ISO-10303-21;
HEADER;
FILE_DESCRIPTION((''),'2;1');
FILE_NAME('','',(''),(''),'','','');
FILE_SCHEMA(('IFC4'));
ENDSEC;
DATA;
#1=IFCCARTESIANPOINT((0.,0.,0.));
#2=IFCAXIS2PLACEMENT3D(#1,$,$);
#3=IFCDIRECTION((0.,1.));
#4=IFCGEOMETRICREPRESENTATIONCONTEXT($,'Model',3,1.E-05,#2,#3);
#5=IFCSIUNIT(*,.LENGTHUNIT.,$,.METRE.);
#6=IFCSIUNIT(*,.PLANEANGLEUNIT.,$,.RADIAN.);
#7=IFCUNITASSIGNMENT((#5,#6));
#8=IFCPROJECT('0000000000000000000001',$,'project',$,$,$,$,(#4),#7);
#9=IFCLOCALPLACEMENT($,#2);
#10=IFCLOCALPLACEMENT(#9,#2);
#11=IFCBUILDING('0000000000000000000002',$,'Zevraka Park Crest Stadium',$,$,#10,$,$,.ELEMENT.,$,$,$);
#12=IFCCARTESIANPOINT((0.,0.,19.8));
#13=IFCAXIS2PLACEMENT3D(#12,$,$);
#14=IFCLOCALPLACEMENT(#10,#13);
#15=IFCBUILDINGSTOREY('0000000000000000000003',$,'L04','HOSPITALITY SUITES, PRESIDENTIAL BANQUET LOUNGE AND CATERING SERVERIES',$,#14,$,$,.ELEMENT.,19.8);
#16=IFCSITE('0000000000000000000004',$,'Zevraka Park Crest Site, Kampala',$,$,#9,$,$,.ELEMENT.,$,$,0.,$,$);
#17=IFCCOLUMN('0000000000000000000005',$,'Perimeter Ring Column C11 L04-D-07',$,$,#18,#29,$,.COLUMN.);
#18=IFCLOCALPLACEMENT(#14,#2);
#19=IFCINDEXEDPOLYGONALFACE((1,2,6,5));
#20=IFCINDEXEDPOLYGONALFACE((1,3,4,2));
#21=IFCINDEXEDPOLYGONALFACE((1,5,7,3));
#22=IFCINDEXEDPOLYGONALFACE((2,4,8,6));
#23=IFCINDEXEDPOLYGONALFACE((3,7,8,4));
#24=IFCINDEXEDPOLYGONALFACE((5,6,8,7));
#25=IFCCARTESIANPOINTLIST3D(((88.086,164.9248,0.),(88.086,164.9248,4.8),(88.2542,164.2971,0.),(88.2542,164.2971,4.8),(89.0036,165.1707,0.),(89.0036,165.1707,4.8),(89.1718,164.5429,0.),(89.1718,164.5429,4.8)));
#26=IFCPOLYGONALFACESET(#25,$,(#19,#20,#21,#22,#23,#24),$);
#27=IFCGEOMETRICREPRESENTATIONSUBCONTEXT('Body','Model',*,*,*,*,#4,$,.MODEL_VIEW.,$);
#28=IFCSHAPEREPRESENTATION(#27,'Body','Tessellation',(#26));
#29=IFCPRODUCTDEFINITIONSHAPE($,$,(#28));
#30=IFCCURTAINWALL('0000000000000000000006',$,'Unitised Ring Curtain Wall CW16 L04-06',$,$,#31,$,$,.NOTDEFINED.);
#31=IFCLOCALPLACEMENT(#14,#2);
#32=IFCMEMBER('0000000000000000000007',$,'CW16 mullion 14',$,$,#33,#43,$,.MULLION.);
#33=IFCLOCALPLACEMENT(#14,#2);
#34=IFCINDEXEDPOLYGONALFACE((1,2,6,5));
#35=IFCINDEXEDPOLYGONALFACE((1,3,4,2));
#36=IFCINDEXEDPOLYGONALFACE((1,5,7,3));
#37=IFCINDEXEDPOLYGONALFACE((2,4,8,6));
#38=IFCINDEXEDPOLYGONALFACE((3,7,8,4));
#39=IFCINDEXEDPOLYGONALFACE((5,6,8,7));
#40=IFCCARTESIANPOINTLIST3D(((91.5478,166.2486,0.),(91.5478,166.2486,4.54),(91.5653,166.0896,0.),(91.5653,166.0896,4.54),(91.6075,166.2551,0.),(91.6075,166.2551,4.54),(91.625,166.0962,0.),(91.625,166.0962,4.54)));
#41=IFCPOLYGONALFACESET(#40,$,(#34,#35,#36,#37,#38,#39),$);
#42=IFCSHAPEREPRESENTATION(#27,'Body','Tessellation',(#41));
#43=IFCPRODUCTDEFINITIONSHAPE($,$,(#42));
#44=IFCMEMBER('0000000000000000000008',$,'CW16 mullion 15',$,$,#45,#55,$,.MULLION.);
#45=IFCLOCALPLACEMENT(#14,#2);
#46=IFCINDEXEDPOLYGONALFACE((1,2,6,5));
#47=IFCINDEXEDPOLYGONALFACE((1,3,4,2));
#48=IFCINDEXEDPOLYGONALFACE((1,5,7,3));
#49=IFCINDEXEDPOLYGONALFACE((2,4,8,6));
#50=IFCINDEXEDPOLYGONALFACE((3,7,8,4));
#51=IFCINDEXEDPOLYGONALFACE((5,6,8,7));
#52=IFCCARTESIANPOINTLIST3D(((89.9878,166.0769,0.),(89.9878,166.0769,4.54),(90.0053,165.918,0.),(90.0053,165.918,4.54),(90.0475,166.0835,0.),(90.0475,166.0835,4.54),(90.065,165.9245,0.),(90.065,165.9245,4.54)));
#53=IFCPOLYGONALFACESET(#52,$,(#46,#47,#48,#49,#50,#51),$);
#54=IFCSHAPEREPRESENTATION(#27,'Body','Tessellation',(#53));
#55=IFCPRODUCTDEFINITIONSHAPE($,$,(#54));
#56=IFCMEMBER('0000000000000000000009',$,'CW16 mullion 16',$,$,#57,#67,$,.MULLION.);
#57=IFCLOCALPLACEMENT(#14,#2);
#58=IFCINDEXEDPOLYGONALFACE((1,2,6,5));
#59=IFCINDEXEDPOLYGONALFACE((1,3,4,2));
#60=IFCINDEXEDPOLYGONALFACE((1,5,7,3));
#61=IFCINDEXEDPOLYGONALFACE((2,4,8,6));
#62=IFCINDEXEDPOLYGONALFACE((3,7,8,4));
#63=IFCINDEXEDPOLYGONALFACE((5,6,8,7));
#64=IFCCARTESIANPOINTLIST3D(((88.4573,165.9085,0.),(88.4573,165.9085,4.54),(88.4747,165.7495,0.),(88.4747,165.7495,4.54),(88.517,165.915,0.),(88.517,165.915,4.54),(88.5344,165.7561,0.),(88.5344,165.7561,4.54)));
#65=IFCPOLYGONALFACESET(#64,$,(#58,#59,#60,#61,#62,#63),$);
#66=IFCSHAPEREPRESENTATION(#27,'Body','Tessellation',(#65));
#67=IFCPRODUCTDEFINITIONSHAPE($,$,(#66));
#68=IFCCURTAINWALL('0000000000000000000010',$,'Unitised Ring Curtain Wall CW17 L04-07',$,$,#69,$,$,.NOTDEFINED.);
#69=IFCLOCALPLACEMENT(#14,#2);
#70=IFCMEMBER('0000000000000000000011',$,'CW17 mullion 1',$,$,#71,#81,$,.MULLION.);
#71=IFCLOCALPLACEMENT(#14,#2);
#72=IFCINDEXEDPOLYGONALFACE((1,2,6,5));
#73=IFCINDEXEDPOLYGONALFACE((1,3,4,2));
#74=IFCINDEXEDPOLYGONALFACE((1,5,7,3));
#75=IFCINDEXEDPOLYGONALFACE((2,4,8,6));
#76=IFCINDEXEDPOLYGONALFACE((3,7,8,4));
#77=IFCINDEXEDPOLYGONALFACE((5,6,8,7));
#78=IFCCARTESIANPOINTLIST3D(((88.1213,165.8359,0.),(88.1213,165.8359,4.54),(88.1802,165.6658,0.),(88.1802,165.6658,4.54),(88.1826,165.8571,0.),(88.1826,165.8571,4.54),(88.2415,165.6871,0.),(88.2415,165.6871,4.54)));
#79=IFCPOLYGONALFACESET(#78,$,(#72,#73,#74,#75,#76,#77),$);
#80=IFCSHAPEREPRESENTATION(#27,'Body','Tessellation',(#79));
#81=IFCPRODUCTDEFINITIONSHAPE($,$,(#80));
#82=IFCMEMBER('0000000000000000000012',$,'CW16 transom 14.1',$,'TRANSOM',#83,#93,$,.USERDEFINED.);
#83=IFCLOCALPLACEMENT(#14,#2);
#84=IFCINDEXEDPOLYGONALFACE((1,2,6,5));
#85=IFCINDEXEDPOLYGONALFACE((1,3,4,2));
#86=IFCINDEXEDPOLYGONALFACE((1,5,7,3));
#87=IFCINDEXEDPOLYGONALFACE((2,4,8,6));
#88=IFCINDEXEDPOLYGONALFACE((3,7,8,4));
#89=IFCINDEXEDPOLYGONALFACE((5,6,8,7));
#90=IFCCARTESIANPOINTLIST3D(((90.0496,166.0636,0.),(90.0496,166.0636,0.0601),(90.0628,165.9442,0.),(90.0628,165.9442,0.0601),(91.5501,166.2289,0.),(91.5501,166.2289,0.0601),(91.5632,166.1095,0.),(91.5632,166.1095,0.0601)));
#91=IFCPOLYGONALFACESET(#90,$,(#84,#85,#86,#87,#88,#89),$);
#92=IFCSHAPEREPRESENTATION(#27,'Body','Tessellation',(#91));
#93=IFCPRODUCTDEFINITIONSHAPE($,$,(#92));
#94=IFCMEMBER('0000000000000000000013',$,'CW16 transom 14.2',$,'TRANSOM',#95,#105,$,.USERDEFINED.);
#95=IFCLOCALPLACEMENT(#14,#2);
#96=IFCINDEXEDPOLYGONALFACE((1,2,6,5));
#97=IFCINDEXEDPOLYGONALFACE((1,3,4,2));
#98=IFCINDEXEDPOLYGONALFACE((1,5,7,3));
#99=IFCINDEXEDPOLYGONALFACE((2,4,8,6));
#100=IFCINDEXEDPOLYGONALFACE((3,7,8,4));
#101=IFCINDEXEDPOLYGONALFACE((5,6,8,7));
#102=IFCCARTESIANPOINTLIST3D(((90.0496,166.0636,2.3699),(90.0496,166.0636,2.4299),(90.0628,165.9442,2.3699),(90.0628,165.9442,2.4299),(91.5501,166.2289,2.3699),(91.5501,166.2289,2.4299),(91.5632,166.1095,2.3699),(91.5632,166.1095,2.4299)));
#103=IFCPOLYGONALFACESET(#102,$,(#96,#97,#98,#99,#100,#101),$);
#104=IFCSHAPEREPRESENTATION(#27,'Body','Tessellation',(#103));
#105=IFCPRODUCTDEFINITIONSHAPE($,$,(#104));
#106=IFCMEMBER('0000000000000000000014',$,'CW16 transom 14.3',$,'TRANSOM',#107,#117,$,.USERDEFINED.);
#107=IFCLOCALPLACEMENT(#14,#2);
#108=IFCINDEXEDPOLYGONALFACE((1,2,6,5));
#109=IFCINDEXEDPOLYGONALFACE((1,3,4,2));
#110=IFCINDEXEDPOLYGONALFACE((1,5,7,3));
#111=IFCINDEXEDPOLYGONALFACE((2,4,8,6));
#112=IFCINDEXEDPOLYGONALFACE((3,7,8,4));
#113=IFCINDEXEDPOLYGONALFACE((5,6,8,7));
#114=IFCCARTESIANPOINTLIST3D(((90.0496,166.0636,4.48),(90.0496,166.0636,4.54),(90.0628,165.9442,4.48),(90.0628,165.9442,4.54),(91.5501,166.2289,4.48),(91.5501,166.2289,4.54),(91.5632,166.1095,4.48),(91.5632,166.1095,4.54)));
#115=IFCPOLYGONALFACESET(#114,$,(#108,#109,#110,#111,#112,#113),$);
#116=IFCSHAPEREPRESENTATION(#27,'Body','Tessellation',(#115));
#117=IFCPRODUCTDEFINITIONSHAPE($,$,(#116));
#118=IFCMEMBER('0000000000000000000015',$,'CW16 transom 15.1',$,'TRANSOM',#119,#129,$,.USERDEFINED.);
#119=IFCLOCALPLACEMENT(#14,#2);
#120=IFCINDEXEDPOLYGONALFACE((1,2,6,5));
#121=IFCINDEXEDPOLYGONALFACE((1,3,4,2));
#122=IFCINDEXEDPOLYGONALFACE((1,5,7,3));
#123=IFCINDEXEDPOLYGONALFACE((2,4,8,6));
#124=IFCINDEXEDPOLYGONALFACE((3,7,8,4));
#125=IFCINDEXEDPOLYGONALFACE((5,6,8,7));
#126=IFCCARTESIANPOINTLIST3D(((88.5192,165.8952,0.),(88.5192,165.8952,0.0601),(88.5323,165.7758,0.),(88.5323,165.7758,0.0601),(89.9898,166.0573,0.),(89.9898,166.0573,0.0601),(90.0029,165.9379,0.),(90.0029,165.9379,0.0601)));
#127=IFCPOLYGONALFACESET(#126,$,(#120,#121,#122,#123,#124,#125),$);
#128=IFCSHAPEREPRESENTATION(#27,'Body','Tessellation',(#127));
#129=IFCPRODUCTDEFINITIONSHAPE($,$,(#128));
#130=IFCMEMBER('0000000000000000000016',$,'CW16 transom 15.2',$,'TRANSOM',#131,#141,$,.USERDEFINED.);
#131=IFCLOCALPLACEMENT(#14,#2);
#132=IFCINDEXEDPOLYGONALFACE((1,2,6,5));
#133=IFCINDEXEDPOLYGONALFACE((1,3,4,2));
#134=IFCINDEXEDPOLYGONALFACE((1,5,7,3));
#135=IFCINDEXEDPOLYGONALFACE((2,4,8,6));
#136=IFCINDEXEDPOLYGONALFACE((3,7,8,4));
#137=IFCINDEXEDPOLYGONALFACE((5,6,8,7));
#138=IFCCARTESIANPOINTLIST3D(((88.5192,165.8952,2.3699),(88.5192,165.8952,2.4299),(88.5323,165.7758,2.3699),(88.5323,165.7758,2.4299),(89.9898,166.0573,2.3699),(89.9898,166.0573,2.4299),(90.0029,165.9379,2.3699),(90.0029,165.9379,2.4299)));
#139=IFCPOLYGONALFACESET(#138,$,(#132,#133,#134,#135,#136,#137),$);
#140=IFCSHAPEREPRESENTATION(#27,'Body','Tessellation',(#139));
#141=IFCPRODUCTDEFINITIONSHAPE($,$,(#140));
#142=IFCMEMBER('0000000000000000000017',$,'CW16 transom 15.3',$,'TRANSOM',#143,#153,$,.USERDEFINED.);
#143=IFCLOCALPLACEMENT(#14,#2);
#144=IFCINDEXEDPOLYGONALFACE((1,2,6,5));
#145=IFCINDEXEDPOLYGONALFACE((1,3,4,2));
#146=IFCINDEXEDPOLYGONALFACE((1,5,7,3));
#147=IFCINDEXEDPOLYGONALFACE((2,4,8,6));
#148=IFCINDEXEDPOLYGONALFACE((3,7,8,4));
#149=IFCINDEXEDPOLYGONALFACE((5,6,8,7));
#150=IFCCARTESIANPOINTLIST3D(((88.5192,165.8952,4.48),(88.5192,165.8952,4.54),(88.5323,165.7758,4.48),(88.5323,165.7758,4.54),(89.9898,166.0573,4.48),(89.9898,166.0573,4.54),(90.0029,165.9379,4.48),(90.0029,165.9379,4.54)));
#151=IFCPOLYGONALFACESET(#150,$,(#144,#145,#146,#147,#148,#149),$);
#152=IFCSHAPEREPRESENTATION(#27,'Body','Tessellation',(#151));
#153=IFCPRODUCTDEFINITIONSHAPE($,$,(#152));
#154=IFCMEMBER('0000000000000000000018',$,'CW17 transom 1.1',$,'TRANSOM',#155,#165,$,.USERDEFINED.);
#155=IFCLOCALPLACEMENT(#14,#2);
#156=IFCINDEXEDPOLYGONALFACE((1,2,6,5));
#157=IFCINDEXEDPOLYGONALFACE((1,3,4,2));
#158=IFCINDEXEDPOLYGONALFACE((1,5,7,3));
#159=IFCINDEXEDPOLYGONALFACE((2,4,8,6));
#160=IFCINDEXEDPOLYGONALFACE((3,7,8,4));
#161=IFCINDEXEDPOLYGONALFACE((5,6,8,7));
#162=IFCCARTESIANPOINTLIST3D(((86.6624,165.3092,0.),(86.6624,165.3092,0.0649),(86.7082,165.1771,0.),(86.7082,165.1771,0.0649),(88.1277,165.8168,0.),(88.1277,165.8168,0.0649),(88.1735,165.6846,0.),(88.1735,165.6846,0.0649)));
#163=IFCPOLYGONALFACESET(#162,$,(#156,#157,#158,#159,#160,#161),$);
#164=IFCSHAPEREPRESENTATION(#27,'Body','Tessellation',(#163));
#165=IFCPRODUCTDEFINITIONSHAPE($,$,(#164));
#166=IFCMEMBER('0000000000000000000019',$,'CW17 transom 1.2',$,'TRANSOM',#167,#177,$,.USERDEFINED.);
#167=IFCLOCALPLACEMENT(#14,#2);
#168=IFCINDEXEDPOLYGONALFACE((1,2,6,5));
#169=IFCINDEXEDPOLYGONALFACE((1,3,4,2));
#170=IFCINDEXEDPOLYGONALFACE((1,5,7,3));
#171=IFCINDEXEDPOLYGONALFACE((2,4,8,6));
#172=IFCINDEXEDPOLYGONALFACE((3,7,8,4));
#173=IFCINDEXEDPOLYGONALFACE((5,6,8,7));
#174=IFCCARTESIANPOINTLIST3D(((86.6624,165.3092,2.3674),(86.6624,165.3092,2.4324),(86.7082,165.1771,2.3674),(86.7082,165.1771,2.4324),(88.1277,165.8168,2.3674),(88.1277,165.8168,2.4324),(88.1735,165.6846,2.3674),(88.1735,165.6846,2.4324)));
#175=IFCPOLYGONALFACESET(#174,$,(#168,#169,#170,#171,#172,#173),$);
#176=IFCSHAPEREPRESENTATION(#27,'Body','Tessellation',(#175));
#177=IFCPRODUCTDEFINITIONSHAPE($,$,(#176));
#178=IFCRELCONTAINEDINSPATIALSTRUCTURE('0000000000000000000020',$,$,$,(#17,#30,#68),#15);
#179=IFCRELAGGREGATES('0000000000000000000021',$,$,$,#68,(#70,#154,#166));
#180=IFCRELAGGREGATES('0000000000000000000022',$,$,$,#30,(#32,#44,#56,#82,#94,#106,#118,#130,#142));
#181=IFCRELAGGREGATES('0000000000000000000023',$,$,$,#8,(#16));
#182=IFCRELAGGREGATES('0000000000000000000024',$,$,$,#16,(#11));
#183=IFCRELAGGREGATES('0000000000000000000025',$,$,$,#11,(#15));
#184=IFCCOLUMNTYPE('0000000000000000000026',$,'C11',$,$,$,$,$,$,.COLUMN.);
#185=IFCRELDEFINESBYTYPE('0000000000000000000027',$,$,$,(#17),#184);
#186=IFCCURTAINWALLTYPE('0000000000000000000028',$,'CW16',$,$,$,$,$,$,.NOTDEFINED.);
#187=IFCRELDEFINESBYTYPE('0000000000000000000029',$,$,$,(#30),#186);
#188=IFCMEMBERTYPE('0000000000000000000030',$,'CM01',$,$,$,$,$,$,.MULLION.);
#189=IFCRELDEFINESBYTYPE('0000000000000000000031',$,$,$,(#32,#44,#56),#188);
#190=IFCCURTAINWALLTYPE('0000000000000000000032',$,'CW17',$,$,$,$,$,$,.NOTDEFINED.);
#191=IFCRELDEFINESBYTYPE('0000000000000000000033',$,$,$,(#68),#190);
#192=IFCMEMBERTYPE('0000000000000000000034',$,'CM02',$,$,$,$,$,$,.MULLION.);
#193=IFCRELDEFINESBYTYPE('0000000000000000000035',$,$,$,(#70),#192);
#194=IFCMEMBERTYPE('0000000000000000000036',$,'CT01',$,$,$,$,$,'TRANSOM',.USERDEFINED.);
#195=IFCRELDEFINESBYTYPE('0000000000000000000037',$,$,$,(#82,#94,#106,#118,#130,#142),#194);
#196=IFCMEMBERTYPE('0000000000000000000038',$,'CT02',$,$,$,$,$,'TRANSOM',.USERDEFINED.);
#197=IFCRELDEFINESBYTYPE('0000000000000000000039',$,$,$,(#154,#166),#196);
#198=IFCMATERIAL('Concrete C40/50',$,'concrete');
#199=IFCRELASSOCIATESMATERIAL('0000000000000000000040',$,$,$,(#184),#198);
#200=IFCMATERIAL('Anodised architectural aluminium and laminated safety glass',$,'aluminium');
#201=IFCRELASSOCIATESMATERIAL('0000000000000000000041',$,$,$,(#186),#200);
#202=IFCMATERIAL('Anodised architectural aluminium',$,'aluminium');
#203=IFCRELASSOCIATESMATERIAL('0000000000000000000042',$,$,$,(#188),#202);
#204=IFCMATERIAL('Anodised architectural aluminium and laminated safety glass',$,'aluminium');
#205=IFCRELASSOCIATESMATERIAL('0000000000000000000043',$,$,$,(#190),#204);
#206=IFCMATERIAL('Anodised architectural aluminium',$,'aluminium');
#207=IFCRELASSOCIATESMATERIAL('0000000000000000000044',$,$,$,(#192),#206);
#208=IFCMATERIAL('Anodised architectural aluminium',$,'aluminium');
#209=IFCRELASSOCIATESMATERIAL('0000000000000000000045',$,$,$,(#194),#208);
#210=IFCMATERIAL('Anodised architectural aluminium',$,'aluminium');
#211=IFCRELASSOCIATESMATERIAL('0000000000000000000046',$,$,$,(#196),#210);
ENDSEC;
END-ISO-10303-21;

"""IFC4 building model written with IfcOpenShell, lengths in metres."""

from ifc_helpers import new_model, si_unit, direction, frame, origin, origin_2d, place, context, subcontext, project, spatial, rectangle, extrude, material, material_profile, profile_set, type_object, element, aggregate, save


model = new_model("IFC4")

# Units and contexts
model_context = context("Model", 3, precision=1e-05, world=origin(), true_north=direction((0.0, 1.0)))
body_context = subcontext(model_context, "Body", "Model", "MODEL_VIEW")
ifc_project = project(units=[si_unit("LENGTHUNIT", "METRE"), si_unit("PLANEANGLEUNIT", "RADIAN")], contexts=[model_context])

# Site, building, storey
site_placement = place(None, origin())
site = spatial("IfcSite", under=ifc_project, at=site_placement, Name="Zevraka Park Crest Site, Kampala", CompositionType="ELEMENT", RefElevation=0.0)
building_placement = place(site_placement, origin())
building = spatial("IfcBuilding", under=site, at=building_placement, Name="Zevraka Park Crest Stadium", CompositionType="ELEMENT")
storey_placement = place(building_placement, frame((0.0, 0.0, 19.8)))
storey = spatial("IfcBuildingStorey", under=building, at=storey_placement, Name="L04", Description="HOSPITALITY SUITES, PRESIDENTIAL BANQUET LOUNGE AND CATERING SERVERIES", CompositionType="ELEMENT", Elevation=19.8)

# Column
ifc_material_1 = material(Name="Concrete C40/50", Category="concrete")
ifc_material_profile_1 = material_profile(ifc_material_1, rectangle(XDim=0.6499, YDim=0.95, at=origin_2d()), Name="RC 950x650")
ifc_profile_set_1 = profile_set([ifc_material_profile_1], Name="Concrete C40/50")
column_type = type_object("IfcColumnType", Name="C11", PredefinedType="COLUMN", material=ifc_profile_set_1)
column_placement = place(storey_placement, frame((88.6289, 164.7339, 0.0), z_axis=(0.0, 0.0, 1.0), x_axis=(-0.258819, 0.965926, 0.0)))
element("IfcColumn", 1, at=column_placement, inside=storey, type_object=column_type, Name="Perimeter Ring Column C11 L04-D-07", PredefinedType="COLUMN", context=body_context, shape_type="SweptSolid", body=[
    extrude(rectangle(XDim=0.6499, YDim=0.95, at=origin_2d()), origin(), (0.0, 0.0, 1.0), 4.8),
])

# Curtain wall, members
ifc_material_2 = material(Name="Anodised architectural aluminium and laminated safety glass", Category="aluminium")
curtain_wall_type_1 = type_object("IfcCurtainWallType", Name="CW16", PredefinedType="NOTDEFINED", material=ifc_material_2)
curtain_wall_1_placement = place(storey_placement, origin())
curtain_wall_1 = element("IfcCurtainWall", 2, at=curtain_wall_1_placement, inside=storey, type_object=curtain_wall_type_1, Name="Unitised Ring Curtain Wall CW16 L04-06", PredefinedType="NOTDEFINED")
ifc_material_3 = material(Name="Anodised architectural aluminium", Category="aluminium")
ifc_material_profile_2 = material_profile(ifc_material_3, rectangle(XDim=0.1599, YDim=0.0601, at=origin_2d()), Name="ALU MULLION 160x60")
ifc_profile_set_2 = profile_set([ifc_material_profile_2], Name="Anodised architectural aluminium")
member_type_1 = type_object("IfcMemberType", Name="CM01", PredefinedType="MULLION", material=ifc_profile_set_2)
member_1_placement = place(storey_placement, frame((91.5864, 166.1724, 0.0), z_axis=(0.0, 0.0, 1.0), x_axis=(0.109406, -0.993997, 0.0)))
member_1 = element("IfcMember", 3, at=member_1_placement, type_object=member_type_1, Name="CW16 mullion 14", PredefinedType="MULLION", context=body_context, shape_type="SweptSolid", body=[
    extrude(rectangle(XDim=0.1599, YDim=0.0601, at=origin_2d()), origin(), (0.0, 0.0, 1.0), 4.54),
])
member_2_placement = place(storey_placement, frame((90.0264, 166.0007, 0.0), z_axis=(0.0, 0.0, 1.0), x_axis=(0.109406, -0.993997, 0.0)))
member_2 = element("IfcMember", 4, at=member_2_placement, type_object=member_type_1, Name="CW16 mullion 15", PredefinedType="MULLION", context=body_context, shape_type="SweptSolid", body=[
    extrude(rectangle(XDim=0.1599, YDim=0.0601, at=origin_2d()), origin(), (0.0, 0.0, 1.0), 4.54),
])
member_3_placement = place(storey_placement, frame((88.4958, 165.8323, 0.0), z_axis=(0.0, 0.0, 1.0), x_axis=(0.109406, -0.993997, 0.0)))
member_3 = element("IfcMember", 5, at=member_3_placement, type_object=member_type_1, Name="CW16 mullion 16", PredefinedType="MULLION", context=body_context, shape_type="SweptSolid", body=[
    extrude(rectangle(XDim=0.1599, YDim=0.0601, at=origin_2d()), origin(), (0.0, 0.0, 1.0), 4.54),
])

# Curtain wall, member
ifc_material_4 = material(Name="Anodised architectural aluminium and laminated safety glass", Category="aluminium")
curtain_wall_type_2 = type_object("IfcCurtainWallType", Name="CW17", PredefinedType="NOTDEFINED", material=ifc_material_4)
curtain_wall_2_placement = place(storey_placement, origin())
curtain_wall_2 = element("IfcCurtainWall", 6, at=curtain_wall_2_placement, inside=storey, type_object=curtain_wall_type_2, Name="Unitised Ring Curtain Wall CW17 L04-07", PredefinedType="NOTDEFINED")
ifc_material_5 = material(Name="Anodised architectural aluminium", Category="aluminium")
ifc_material_profile_3 = material_profile(ifc_material_5, rectangle(XDim=0.1799, YDim=0.0649, at=origin_2d()), Name="ALU MULLION 180x65")
ifc_profile_set_3 = profile_set([ifc_material_profile_3], Name="Anodised architectural aluminium")
member_type_2 = type_object("IfcMemberType", Name="CM02", PredefinedType="MULLION", material=ifc_profile_set_3)
member_4_placement = place(storey_placement, frame((88.1814, 165.7615, 0.0), z_axis=(0.0, 0.0, 1.0), x_axis=(0.327245, -0.94494, 0.0)))
member_4 = element("IfcMember", 7, at=member_4_placement, type_object=member_type_2, Name="CW17 mullion 1", PredefinedType="MULLION", context=body_context, shape_type="SweptSolid", body=[
    extrude(rectangle(XDim=0.1799, YDim=0.0649, at=origin_2d()), origin(), (0.0, 0.0, 1.0), 4.54),
])

# Members
ifc_material_6 = material(Name="Anodised architectural aluminium", Category="aluminium")
ifc_material_profile_4 = material_profile(ifc_material_6, rectangle(XDim=0.1201, YDim=0.0601, at=origin_2d()), Name="ALU TRANSOM 120x60")
ifc_profile_set_4 = profile_set([ifc_material_profile_4], Name="Anodised architectural aluminium")
member_type_3 = type_object("IfcMemberType", Name="CT01", ElementType="TRANSOM", PredefinedType="USERDEFINED", material=ifc_profile_set_4)
member_5_placement = place(storey_placement, frame((91.5566, 166.1692, 0.03), z_axis=(-0.993988, -0.109491, 0.0), x_axis=(0.109491, -0.993988, 0.0)))
member_5 = element("IfcMember", 8, at=member_5_placement, type_object=member_type_3, Name="CW16 transom 14.1", ObjectType="TRANSOM", PredefinedType="USERDEFINED", context=body_context, shape_type="SweptSolid", body=[
    extrude(rectangle(XDim=0.1201, YDim=0.0601, at=origin_2d()), origin(), (0.0, 0.0, 1.0), 1.5095),
])
member_6_placement = place(storey_placement, frame((91.5566, 166.1692, 2.3999), z_axis=(-0.993988, -0.109491, 0.0), x_axis=(0.109491, -0.993988, 0.0)))
member_6 = element("IfcMember", 9, at=member_6_placement, type_object=member_type_3, Name="CW16 transom 14.2", ObjectType="TRANSOM", PredefinedType="USERDEFINED", context=body_context, shape_type="SweptSolid", body=[
    extrude(rectangle(XDim=0.1201, YDim=0.0601, at=origin_2d()), origin(), (0.0, 0.0, 1.0), 1.5095),
])
member_7_placement = place(storey_placement, frame((91.5566, 166.1692, 4.51), z_axis=(-0.993988, -0.109491, 0.0), x_axis=(0.109491, -0.993988, 0.0)))
member_7 = element("IfcMember", 10, at=member_7_placement, type_object=member_type_3, Name="CW16 transom 14.3", ObjectType="TRANSOM", PredefinedType="USERDEFINED", context=body_context, shape_type="SweptSolid", body=[
    extrude(rectangle(XDim=0.1201, YDim=0.0601, at=origin_2d()), origin(), (0.0, 0.0, 1.0), 1.5095),
])
member_8_placement = place(storey_placement, frame((89.9963, 165.9976, 0.03), z_axis=(-0.99398, -0.109562, 0.0), x_axis=(0.109562, -0.99398, 0.0)))
member_8 = element("IfcMember", 11, at=member_8_placement, type_object=member_type_3, Name="CW16 transom 15.1", ObjectType="TRANSOM", PredefinedType="USERDEFINED", context=body_context, shape_type="SweptSolid", body=[
    extrude(rectangle(XDim=0.1201, YDim=0.0601, at=origin_2d()), origin(), (0.0, 0.0, 1.0), 1.4795),
])
member_9_placement = place(storey_placement, frame((89.9963, 165.9976, 2.3999), z_axis=(-0.99398, -0.109562, 0.0), x_axis=(0.109562, -0.99398, 0.0)))
member_9 = element("IfcMember", 12, at=member_9_placement, type_object=member_type_3, Name="CW16 transom 15.2", ObjectType="TRANSOM", PredefinedType="USERDEFINED", context=body_context, shape_type="SweptSolid", body=[
    extrude(rectangle(XDim=0.1201, YDim=0.0601, at=origin_2d()), origin(), (0.0, 0.0, 1.0), 1.4795),
])
member_10_placement = place(storey_placement, frame((89.9963, 165.9976, 4.51), z_axis=(-0.99398, -0.109562, 0.0), x_axis=(0.109562, -0.99398, 0.0)))
member_10 = element("IfcMember", 13, at=member_10_placement, type_object=member_type_3, Name="CW16 transom 15.3", ObjectType="TRANSOM", PredefinedType="USERDEFINED", context=body_context, shape_type="SweptSolid", body=[
    extrude(rectangle(XDim=0.1201, YDim=0.0601, at=origin_2d()), origin(), (0.0, 0.0, 1.0), 1.4795),
])
ifc_material_7 = material(Name="Anodised architectural aluminium", Category="aluminium")
ifc_material_profile_5 = material_profile(ifc_material_7, rectangle(XDim=0.1399, YDim=0.0649, at=origin_2d()), Name="ALU TRANSOM 140x65")
ifc_profile_set_5 = profile_set([ifc_material_profile_5], Name="Anodised architectural aluminium")
member_type_4 = type_object("IfcMemberType", Name="CT02", ElementType="TRANSOM", PredefinedType="USERDEFINED", material=ifc_profile_set_5)
member_11_placement = place(storey_placement, frame((88.1506, 165.7507, 0.0325), z_axis=(-0.944919, -0.327305, 0.0), x_axis=(0.327305, -0.944919, 0.0)))
member_11 = element("IfcMember", 14, at=member_11_placement, type_object=member_type_4, Name="CW17 transom 1.1", ObjectType="TRANSOM", PredefinedType="USERDEFINED", context=body_context, shape_type="SweptSolid", body=[
    extrude(rectangle(XDim=0.1399, YDim=0.0649, at=origin_2d()), origin(), (0.0, 0.0, 1.0), 1.5508),
])
member_12_placement = place(storey_placement, frame((88.1506, 165.7507, 2.3999), z_axis=(-0.944919, -0.327305, 0.0), x_axis=(0.327305, -0.944919, 0.0)))
member_12 = element("IfcMember", 15, at=member_12_placement, type_object=member_type_4, Name="CW17 transom 1.2", ObjectType="TRANSOM", PredefinedType="USERDEFINED", context=body_context, shape_type="SweptSolid", body=[
    extrude(rectangle(XDim=0.1399, YDim=0.0649, at=origin_2d()), origin(), (0.0, 0.0, 1.0), 1.5508),
])
aggregate(curtain_wall_2, [member_4, member_11, member_12])

aggregate(curtain_wall_1, [member_1, member_2, member_3, member_5, member_6, member_7, member_8, member_9, member_10])

save(model, "model.ifc")
